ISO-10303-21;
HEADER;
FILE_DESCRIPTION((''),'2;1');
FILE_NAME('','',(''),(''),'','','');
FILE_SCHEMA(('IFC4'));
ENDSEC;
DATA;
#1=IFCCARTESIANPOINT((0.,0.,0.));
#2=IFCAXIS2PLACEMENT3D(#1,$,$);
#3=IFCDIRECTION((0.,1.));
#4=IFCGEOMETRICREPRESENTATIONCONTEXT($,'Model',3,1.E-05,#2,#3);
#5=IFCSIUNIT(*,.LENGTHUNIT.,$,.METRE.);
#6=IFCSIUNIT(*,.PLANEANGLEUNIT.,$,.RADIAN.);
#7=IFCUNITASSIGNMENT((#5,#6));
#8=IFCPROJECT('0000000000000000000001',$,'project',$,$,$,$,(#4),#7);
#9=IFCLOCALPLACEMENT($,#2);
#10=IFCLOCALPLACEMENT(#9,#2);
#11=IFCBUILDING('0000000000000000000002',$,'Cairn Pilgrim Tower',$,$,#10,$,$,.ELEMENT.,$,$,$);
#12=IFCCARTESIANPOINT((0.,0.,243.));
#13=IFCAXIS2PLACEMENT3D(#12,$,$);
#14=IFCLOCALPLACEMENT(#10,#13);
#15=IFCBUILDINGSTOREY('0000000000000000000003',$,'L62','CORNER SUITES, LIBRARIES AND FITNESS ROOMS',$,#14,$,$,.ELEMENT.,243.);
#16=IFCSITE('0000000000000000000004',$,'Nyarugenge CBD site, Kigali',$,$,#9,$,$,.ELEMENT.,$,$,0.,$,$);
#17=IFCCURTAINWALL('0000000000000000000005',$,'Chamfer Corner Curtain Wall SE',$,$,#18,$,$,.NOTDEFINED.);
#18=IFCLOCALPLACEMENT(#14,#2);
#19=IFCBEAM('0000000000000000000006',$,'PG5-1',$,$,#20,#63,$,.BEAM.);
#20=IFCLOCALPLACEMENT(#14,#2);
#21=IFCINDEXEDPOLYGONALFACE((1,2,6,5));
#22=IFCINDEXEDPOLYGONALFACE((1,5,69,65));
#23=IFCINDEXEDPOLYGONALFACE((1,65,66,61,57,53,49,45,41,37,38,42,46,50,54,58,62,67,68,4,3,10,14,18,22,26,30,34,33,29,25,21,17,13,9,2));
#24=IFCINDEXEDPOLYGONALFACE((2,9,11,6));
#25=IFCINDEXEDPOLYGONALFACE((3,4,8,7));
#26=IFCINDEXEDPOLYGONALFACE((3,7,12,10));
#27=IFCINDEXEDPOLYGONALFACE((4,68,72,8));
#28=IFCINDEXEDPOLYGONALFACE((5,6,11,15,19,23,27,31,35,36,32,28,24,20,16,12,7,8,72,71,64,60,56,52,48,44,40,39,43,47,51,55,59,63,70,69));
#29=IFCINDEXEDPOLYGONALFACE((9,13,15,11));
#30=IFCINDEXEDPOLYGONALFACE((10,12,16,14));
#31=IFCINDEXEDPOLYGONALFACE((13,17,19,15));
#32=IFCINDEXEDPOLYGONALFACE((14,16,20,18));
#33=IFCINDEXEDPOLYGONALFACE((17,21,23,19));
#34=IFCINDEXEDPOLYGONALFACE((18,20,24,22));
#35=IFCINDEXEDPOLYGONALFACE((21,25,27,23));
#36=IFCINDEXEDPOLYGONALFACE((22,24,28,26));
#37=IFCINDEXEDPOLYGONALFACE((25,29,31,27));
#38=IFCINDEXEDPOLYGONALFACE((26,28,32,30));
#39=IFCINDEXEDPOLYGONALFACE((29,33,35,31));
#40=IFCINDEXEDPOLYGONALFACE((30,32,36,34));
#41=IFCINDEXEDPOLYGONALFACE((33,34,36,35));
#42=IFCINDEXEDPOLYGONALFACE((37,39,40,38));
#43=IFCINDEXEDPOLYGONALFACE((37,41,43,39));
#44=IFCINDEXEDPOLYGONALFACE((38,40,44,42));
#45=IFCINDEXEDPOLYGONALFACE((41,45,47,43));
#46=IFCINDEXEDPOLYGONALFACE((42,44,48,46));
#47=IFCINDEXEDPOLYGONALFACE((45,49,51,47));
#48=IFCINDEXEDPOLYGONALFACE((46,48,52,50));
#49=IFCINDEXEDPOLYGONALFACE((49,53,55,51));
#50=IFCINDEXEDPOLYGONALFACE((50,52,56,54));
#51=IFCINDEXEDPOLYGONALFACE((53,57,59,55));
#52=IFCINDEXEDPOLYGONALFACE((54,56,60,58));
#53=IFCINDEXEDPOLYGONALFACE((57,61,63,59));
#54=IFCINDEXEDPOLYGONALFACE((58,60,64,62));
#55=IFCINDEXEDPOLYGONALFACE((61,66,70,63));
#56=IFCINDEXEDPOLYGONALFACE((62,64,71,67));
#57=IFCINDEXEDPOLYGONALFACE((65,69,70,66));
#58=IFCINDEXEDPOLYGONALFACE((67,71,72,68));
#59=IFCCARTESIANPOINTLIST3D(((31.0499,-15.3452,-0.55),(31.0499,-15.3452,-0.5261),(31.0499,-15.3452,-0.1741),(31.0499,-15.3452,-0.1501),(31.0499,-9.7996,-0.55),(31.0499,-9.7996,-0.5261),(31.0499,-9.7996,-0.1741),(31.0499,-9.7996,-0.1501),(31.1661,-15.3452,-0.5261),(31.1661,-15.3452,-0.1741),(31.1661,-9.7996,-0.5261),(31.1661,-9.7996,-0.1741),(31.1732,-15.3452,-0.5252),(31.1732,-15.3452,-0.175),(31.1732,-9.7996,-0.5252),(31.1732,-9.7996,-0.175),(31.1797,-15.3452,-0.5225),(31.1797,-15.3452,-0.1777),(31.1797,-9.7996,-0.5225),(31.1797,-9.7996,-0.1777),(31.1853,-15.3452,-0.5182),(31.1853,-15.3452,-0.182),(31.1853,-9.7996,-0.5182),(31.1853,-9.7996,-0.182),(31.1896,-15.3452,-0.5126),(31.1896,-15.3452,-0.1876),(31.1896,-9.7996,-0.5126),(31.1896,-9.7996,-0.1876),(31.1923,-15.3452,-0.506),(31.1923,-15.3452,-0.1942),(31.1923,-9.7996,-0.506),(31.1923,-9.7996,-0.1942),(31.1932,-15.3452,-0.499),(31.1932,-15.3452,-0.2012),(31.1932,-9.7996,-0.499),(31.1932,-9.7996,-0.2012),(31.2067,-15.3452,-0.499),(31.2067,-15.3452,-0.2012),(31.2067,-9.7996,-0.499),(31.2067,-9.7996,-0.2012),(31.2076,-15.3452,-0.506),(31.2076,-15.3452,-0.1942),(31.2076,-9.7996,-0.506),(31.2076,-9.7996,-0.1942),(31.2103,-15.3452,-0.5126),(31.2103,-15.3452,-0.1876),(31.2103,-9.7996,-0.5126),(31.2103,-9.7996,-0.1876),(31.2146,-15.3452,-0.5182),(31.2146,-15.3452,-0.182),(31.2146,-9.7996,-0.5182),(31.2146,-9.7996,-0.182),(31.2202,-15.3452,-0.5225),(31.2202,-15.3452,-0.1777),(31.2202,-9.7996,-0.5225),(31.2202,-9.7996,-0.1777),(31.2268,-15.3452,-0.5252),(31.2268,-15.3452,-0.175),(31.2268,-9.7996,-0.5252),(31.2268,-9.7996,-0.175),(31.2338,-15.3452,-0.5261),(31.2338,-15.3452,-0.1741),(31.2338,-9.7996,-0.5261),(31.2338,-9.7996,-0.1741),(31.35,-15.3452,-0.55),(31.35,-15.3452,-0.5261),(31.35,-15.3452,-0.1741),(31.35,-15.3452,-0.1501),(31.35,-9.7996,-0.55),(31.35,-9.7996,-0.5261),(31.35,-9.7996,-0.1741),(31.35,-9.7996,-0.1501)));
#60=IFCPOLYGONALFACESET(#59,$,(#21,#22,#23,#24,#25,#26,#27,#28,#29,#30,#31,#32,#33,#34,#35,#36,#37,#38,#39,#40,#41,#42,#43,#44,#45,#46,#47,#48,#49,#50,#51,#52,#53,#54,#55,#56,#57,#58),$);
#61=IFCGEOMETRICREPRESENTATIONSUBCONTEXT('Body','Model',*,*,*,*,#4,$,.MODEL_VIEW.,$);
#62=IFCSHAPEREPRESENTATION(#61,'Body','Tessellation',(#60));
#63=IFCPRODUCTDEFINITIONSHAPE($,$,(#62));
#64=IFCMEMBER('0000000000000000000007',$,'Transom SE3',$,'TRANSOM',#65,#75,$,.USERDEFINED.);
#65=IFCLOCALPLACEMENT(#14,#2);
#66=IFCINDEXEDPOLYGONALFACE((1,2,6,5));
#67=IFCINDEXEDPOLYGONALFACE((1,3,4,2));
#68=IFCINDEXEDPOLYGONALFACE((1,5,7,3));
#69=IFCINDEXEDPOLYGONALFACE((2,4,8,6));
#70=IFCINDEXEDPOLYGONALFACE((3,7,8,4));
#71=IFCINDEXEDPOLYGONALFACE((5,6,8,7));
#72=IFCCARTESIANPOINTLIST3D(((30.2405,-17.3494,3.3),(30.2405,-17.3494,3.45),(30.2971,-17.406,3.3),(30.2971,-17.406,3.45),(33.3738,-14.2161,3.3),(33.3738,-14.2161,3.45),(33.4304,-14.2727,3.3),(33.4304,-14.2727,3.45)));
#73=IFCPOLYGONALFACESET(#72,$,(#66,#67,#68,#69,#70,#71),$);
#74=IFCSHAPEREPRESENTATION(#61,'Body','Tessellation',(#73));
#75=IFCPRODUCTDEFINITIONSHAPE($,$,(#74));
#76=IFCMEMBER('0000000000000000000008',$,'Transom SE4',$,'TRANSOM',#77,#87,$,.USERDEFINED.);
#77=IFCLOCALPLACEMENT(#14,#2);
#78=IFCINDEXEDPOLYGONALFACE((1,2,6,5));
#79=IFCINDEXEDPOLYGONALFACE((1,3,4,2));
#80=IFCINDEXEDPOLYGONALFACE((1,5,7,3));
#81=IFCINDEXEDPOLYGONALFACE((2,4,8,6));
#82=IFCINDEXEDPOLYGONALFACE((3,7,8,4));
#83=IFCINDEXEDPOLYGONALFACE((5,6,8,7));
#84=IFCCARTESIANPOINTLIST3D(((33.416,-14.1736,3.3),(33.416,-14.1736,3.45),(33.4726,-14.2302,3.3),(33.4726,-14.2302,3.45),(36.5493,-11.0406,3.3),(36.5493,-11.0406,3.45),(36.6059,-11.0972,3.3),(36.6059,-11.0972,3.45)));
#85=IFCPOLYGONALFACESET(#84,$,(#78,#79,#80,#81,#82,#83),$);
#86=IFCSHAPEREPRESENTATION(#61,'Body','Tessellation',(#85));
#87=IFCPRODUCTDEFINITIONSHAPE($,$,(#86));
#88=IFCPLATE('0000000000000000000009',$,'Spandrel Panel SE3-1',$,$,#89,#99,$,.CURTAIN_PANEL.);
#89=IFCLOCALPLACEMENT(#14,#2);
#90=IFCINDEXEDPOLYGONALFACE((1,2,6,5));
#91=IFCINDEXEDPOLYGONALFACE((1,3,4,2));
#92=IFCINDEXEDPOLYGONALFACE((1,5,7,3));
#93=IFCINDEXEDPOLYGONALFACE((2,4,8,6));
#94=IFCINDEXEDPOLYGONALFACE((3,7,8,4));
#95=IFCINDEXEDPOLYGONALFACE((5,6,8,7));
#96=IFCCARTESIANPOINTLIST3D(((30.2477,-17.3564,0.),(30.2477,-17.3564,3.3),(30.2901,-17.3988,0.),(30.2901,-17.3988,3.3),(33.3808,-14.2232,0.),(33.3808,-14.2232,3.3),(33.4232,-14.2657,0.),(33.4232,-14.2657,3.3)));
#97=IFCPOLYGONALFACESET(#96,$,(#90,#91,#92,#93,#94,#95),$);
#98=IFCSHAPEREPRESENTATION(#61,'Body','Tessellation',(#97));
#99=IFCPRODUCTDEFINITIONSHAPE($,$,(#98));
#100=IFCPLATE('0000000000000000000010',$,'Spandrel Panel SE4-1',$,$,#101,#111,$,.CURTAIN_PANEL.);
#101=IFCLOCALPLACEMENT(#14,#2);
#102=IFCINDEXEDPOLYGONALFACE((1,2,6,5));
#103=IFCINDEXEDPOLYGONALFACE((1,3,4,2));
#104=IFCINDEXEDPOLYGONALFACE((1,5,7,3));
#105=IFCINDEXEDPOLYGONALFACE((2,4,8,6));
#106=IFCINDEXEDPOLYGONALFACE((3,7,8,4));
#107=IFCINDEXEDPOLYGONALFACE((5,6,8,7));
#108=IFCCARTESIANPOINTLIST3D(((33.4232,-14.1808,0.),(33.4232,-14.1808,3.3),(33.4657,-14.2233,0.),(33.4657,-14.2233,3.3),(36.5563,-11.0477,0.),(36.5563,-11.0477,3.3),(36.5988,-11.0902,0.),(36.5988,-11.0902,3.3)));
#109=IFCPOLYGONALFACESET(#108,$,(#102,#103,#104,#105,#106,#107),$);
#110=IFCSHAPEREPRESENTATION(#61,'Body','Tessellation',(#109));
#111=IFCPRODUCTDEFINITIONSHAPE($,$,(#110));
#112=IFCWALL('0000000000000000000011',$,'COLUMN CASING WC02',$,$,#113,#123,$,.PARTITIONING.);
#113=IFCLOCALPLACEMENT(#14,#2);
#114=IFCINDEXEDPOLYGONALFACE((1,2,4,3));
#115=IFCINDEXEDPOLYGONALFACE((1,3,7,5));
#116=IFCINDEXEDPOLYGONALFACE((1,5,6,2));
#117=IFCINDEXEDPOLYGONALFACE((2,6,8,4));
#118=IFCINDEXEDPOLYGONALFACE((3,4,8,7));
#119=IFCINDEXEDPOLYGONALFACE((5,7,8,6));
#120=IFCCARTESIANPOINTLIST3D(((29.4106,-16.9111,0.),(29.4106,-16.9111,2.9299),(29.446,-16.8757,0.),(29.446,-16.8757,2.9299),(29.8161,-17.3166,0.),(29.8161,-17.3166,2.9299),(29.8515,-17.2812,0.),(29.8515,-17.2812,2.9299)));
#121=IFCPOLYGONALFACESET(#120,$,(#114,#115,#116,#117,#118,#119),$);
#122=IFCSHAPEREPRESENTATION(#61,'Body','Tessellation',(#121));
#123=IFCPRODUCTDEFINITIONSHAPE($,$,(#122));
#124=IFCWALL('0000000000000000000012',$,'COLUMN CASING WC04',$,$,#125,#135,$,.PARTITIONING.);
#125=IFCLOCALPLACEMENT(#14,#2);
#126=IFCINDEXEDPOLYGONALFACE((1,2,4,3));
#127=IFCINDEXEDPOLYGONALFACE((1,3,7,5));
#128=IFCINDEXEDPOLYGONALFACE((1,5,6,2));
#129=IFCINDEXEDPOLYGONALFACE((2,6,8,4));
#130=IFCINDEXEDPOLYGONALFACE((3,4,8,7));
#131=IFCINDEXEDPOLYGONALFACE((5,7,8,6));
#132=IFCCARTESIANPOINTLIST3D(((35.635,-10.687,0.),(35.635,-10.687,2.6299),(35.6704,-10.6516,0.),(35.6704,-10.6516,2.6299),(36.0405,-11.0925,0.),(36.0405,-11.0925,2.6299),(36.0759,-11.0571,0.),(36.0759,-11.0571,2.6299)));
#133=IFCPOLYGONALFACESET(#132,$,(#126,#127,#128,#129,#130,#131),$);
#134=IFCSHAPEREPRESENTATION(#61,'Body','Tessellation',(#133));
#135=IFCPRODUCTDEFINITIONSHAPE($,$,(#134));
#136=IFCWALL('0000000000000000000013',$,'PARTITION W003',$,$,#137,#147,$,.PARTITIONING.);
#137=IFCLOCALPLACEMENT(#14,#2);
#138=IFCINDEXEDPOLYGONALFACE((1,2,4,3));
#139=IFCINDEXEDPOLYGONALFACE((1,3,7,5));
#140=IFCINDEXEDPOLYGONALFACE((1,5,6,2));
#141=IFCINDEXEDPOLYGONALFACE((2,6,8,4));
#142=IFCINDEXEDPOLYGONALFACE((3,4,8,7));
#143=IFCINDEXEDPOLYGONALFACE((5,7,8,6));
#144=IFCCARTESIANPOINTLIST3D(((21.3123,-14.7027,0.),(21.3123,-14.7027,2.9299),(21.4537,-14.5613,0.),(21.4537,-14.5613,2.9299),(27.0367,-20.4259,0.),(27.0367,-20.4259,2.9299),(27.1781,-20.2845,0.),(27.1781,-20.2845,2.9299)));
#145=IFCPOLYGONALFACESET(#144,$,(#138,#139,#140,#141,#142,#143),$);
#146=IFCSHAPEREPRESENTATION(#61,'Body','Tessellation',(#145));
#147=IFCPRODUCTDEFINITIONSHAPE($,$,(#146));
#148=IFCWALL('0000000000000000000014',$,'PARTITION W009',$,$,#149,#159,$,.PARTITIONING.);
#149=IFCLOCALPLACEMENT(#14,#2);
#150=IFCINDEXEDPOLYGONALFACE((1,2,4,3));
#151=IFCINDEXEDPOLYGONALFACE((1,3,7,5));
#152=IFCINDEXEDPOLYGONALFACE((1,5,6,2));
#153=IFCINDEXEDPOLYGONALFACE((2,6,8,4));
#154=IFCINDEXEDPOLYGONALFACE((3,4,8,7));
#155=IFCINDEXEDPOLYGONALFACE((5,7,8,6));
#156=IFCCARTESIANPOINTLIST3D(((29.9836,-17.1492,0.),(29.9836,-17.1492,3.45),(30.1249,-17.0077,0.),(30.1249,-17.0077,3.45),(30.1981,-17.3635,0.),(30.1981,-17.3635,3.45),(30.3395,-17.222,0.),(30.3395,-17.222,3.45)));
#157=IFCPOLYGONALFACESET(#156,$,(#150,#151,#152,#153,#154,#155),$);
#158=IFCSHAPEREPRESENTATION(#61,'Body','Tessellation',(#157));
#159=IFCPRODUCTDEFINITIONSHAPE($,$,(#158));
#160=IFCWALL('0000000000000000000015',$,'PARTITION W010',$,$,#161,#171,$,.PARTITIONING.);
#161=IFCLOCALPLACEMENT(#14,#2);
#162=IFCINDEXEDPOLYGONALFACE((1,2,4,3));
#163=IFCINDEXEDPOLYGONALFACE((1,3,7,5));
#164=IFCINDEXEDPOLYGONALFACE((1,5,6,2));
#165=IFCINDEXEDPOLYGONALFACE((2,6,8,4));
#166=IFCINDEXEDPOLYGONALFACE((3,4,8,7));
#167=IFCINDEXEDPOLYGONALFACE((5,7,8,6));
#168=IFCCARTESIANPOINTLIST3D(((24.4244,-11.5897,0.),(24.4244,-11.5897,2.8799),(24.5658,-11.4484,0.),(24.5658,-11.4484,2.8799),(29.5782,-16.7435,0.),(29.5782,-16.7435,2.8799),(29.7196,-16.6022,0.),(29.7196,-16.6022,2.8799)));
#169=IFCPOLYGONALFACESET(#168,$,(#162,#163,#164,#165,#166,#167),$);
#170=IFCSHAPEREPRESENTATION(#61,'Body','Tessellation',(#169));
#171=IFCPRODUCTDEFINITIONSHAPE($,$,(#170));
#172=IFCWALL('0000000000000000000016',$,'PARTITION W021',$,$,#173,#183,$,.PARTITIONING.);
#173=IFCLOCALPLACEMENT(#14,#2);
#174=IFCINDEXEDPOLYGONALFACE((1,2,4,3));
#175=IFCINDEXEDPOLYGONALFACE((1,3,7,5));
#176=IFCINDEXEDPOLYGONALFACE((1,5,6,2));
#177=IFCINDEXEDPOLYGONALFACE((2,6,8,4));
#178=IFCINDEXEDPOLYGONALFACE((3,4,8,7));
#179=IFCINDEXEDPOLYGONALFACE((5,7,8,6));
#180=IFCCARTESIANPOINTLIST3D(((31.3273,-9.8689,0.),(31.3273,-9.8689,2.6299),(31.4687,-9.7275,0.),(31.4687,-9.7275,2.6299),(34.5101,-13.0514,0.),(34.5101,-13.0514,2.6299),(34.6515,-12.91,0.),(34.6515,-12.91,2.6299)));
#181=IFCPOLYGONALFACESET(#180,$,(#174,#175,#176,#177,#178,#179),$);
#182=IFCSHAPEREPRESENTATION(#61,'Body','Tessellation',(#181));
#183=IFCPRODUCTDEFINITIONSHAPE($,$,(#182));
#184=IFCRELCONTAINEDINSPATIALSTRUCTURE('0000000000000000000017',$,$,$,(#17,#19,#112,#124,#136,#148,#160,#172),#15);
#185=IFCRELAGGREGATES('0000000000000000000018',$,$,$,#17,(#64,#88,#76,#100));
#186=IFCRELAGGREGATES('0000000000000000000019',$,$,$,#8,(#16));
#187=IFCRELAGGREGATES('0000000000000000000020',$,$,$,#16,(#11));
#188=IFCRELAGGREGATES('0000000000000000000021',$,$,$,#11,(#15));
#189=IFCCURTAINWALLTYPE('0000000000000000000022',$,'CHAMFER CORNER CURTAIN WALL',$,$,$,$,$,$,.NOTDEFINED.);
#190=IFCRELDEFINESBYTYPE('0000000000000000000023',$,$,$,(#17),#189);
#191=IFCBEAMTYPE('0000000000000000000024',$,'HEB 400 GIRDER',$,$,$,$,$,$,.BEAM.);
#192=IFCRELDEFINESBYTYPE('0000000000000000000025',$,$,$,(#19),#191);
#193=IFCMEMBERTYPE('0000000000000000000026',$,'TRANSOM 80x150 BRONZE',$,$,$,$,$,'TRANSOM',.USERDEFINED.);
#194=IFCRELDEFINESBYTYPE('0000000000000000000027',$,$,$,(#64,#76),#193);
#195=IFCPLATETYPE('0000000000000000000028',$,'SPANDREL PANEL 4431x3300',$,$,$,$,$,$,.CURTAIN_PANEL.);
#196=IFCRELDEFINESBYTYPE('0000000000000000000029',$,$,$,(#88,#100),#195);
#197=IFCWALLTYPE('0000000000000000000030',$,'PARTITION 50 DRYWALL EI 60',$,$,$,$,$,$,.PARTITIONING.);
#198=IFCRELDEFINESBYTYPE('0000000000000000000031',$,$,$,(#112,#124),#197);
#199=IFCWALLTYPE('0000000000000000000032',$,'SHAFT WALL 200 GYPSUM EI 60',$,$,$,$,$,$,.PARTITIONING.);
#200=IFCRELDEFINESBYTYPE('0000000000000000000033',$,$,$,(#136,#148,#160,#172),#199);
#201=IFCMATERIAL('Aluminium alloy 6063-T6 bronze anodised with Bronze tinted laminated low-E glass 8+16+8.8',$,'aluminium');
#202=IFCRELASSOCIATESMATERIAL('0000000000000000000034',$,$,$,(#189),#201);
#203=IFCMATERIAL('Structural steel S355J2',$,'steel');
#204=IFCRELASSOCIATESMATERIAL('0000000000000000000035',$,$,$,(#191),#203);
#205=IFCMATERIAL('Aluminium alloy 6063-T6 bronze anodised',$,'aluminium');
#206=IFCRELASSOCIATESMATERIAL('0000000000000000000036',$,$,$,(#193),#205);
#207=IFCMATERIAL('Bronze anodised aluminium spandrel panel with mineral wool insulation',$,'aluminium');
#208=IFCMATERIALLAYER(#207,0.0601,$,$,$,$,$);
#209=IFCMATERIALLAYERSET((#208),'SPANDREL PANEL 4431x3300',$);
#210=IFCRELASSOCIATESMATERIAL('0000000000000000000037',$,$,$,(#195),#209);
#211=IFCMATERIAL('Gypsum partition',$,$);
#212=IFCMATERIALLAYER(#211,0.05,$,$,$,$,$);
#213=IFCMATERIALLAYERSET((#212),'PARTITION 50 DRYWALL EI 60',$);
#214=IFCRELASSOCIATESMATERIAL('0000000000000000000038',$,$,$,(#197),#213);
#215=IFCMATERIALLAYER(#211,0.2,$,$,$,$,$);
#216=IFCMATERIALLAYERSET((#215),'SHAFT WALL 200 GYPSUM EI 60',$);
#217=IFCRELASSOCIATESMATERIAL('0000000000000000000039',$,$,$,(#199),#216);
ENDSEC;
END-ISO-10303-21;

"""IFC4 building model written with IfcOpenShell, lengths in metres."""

from ifc_helpers import new_model, si_unit, direction, frame, frame_2d, origin, origin_2d, place, context, subcontext, project, spatial, rectangle, i_section, extrude, material, layer, layer_set, material_profile, profile_set, type_object, element, aggregate, save


model = new_model("IFC4")

# Units and contexts
model_context = context("Model", 3, precision=1e-05, world=origin(), true_north=direction((0.0, 1.0)))
body_context = subcontext(model_context, "Body", "Model", "MODEL_VIEW")
ifc_project = project(units=[si_unit("LENGTHUNIT", "METRE"), si_unit("PLANEANGLEUNIT", "RADIAN")], contexts=[model_context])

# Site, building, storey
site_placement = place(None, origin())
site = spatial("IfcSite", under=ifc_project, at=site_placement, Name="Nyarugenge CBD site, Kigali", CompositionType="ELEMENT", RefElevation=0.0)
building_placement = place(site_placement, origin())
building = spatial("IfcBuilding", under=site, at=building_placement, Name="Cairn Pilgrim Tower", CompositionType="ELEMENT")
storey_placement = place(building_placement, frame((0.0, 0.0, 243.0)))
storey = spatial("IfcBuildingStorey", under=building, at=storey_placement, Name="L62", Description="CORNER SUITES, LIBRARIES AND FITNESS ROOMS", CompositionType="ELEMENT", Elevation=243.0)

# Shared definitions
ifc_material_1 = material(Name="Structural steel S355J2", Category="steel")

# Curtain wall
ifc_material_2 = material(Name="Aluminium alloy 6063-T6 bronze anodised with Bronze tinted laminated low-E glass 8+16+8.8", Category="aluminium")
curtain_wall_type = type_object("IfcCurtainWallType", Name="CHAMFER CORNER CURTAIN WALL", PredefinedType="NOTDEFINED", material=ifc_material_2)
curtain_wall_placement = place(storey_placement, origin())
curtain_wall = element("IfcCurtainWall", 1, at=curtain_wall_placement, inside=storey, type_object=curtain_wall_type, Name="Chamfer Corner Curtain Wall SE", PredefinedType="NOTDEFINED")
ifc_material_3 = material(Name="Aluminium alloy 6063-T6 bronze anodised", Category="aluminium")

# Beam
ifc_material_profile_1 = material_profile(ifc_material_1, i_section(OverallWidth=0.3, OverallDepth=0.3999, WebThickness=0.0134, FlangeThickness=0.0239, FilletRadius=0.0271, at=origin_2d()), Name="HEB 400")
ifc_profile_set_1 = profile_set([ifc_material_profile_1], Name="Structural steel S355J2")
beam_type_1 = type_object("IfcBeamType", Name="HEB 400 GIRDER", PredefinedType="BEAM", material=ifc_profile_set_1)
beam_placement = place(storey_placement, frame((31.2, -15.3452, -0.3501), z_axis=(0.0, 1.0, 0.0), x_axis=(-1.0, 0.0, 0.0)))
element("IfcBeam", 2, at=beam_placement, inside=storey, type_object=beam_type_1, Name="PG5-1", PredefinedType="BEAM", context=body_context, shape_type="SweptSolid", body=[
    extrude(i_section(OverallWidth=0.3, OverallDepth=0.3999, WebThickness=0.0134, FlangeThickness=0.0239, FilletRadius=0.0271, at=origin_2d()), origin(), (0.0, 0.0, 1.0), 5.5457),
])

# Members
ifc_material_profile_2 = material_profile(ifc_material_3, rectangle(XDim=0.0801, YDim=0.1499, at=origin_2d()), Name="TRANSOM 80x150 BRONZE")
ifc_profile_set_2 = profile_set([ifc_material_profile_2], Name="Aluminium alloy 6063-T6 bronze anodised")
member_type_1 = type_object("IfcMemberType", Name="TRANSOM 80x150 BRONZE", ElementType="TRANSOM", PredefinedType="USERDEFINED", material=ifc_profile_set_2)
member_1_placement = place(storey_placement, frame((30.2688, -17.3777, 3.375), z_axis=(0.707107, 0.707107, 0.0), x_axis=(-0.707107, 0.707107, 0.0)))
member_1 = element("IfcMember", 3, at=member_1_placement, type_object=member_type_1, Name="Transom SE3", ObjectType="TRANSOM", PredefinedType="USERDEFINED", context=body_context, shape_type="SweptSolid", body=[
    extrude(rectangle(XDim=0.0801, YDim=0.1499, at=origin_2d()), origin(), (0.0, 0.0, 1.0), 4.4312),
])
member_2_placement = place(storey_placement, frame((33.4443, -14.2019, 3.375), z_axis=(0.707134, 0.707079, 0.0), x_axis=(-0.707079, 0.707134, 0.0)))
member_2 = element("IfcMember", 4, at=member_2_placement, type_object=member_type_1, Name="Transom SE4", ObjectType="TRANSOM", PredefinedType="USERDEFINED", context=body_context, shape_type="SweptSolid", body=[
    extrude(rectangle(XDim=0.0801, YDim=0.1499, at=origin_2d()), origin(), (0.0, 0.0, 1.0), 4.4309),
])

# Plates
ifc_material_4 = material(Name="Bronze anodised aluminium spandrel panel with mineral wool insulation", Category="aluminium")
ifc_layer_1 = layer(ifc_material_4, 0.0601)
ifc_layer_set_1 = layer_set([ifc_layer_1], Name="SPANDREL PANEL 4431x3300")
plate_type = type_object("IfcPlateType", Name="SPANDREL PANEL 4431x3300", PredefinedType="CURTAIN_PANEL", material=ifc_layer_set_1)
plate_1_placement = place(storey_placement, frame((31.8354, -15.811, 0.0), z_axis=(0.0, 0.0, 1.0), x_axis=(0.707107, 0.707107, 0.0)))
plate_1 = element("IfcPlate", 5, at=plate_1_placement, type_object=plate_type, Name="Spandrel Panel SE3-1", PredefinedType="CURTAIN_PANEL", context=body_context, shape_type="SweptSolid", body=[
    extrude(rectangle(XDim=4.4309, YDim=0.0601, at=origin_2d()), origin(), (0.0, 0.0, 1.0), 3.3),
])
plate_2_placement = place(storey_placement, frame((35.011, -12.6355, 0.0), z_axis=(0.0, 0.0, 1.0), x_axis=(0.707107, 0.707107, 0.0)))
plate_2 = element("IfcPlate", 6, at=plate_2_placement, type_object=plate_type, Name="Spandrel Panel SE4-1", PredefinedType="CURTAIN_PANEL", context=body_context, shape_type="SweptSolid", body=[
    extrude(rectangle(XDim=4.4309, YDim=0.0601, at=origin_2d()), origin(), (0.0, 0.0, 1.0), 3.3),
])
aggregate(curtain_wall, [member_1, plate_1, member_2, plate_2])

# Walls
ifc_material_5 = material(Name="Gypsum partition")
ifc_layer_2 = layer(ifc_material_5, 0.05)
ifc_layer_set_2 = layer_set([ifc_layer_2], Name="PARTITION 50 DRYWALL EI 60")
wall_type_1 = type_object("IfcWallType", Name="PARTITION 50 DRYWALL EI 60", PredefinedType="PARTITIONING", material=ifc_layer_set_2)
wall_1_placement = place(storey_placement, frame((29.8337, -17.2988, 0.0), z_axis=(0.0, 0.0, 1.0), x_axis=(-0.707107, 0.707107, 0.0)))
element("IfcWall", 7, at=wall_1_placement, inside=storey, type_object=wall_type_1, Name="COLUMN CASING WC02", PredefinedType="PARTITIONING", context=body_context, shape_type="SweptSolid", body=[
    extrude(rectangle(XDim=0.5735, YDim=0.05, at=frame_2d((0.2866, 0.0))), origin(), (0.0, 0.0, 1.0), 2.9299),
])
wall_2_placement = place(storey_placement, frame((36.0581, -11.0747, 0.0), z_axis=(0.0, 0.0, 1.0), x_axis=(-0.707107, 0.707107, 0.0)))
element("IfcWall", 8, at=wall_2_placement, inside=storey, type_object=wall_type_1, Name="COLUMN CASING WC04", PredefinedType="PARTITIONING", context=body_context, shape_type="SweptSolid", body=[
    extrude(rectangle(XDim=0.5735, YDim=0.05, at=frame_2d((0.2866, 0.0))), origin(), (0.0, 0.0, 1.0), 2.6299),
])
ifc_layer_3 = layer(ifc_material_5, 0.2)
ifc_layer_set_3 = layer_set([ifc_layer_3], Name="SHAFT WALL 200 GYPSUM EI 60")
wall_type_2 = type_object("IfcWallType", Name="SHAFT WALL 200 GYPSUM EI 60", PredefinedType="PARTITIONING", material=ifc_layer_set_3)
wall_3_placement = place(storey_placement, frame((27.1074, -20.3552, 0.0), z_axis=(0.0, 0.0, 1.0), x_axis=(-0.707182, 0.707031, 0.0)))
element("IfcWall", 9, at=wall_3_placement, inside=storey, type_object=wall_type_2, Name="PARTITION W003", PredefinedType="PARTITIONING", context=body_context, shape_type="SweptSolid", body=[
    extrude(rectangle(XDim=8.0947, YDim=0.2, at=frame_2d((4.0474, 0.0))), origin(), (0.0, 0.0, 1.0), 2.9299),
])
wall_4_placement = place(storey_placement, frame((30.2688, -17.2927, 0.0), z_axis=(0.0, 0.0, 1.0), x_axis=(-0.707509, 0.706704, 0.0)))
element("IfcWall", 10, at=wall_4_placement, inside=storey, type_object=wall_type_2, Name="PARTITION W009", PredefinedType="PARTITIONING", context=body_context, shape_type="SweptSolid", body=[
    extrude(rectangle(XDim=0.3032, YDim=0.2, at=frame_2d((0.1516, 0.0))), origin(), (0.0, 0.0, 1.0), 3.45),
])
wall_5_placement = place(storey_placement, frame((29.6489, -16.6729, 0.0), z_axis=(0.0, 0.0, 1.0), x_axis=(-0.707107, 0.707107, 0.0)))
element("IfcWall", 11, at=wall_5_placement, inside=storey, type_object=wall_type_2, Name="PARTITION W010", PredefinedType="PARTITIONING", context=body_context, shape_type="SweptSolid", body=[
    extrude(rectangle(XDim=7.2886, YDim=0.2, at=frame_2d((3.6443, 0.0))), origin(), (0.0, 0.0, 1.0), 2.8799),
])
wall_6_placement = place(storey_placement, frame((34.5808, -12.9807, 0.0), z_axis=(0.0, 0.0, 1.0), x_axis=(-0.707134, 0.70708, 0.0)))
element("IfcWall", 12, at=wall_6_placement, inside=storey, type_object=wall_type_2, Name="PARTITION W021", PredefinedType="PARTITIONING", context=body_context, shape_type="SweptSolid", body=[
    extrude(rectangle(XDim=4.501, YDim=0.2, at=frame_2d((2.2505, 0.0))), origin(), (0.0, 0.0, 1.0), 2.6299),
])

save(model, "model.ifc")
